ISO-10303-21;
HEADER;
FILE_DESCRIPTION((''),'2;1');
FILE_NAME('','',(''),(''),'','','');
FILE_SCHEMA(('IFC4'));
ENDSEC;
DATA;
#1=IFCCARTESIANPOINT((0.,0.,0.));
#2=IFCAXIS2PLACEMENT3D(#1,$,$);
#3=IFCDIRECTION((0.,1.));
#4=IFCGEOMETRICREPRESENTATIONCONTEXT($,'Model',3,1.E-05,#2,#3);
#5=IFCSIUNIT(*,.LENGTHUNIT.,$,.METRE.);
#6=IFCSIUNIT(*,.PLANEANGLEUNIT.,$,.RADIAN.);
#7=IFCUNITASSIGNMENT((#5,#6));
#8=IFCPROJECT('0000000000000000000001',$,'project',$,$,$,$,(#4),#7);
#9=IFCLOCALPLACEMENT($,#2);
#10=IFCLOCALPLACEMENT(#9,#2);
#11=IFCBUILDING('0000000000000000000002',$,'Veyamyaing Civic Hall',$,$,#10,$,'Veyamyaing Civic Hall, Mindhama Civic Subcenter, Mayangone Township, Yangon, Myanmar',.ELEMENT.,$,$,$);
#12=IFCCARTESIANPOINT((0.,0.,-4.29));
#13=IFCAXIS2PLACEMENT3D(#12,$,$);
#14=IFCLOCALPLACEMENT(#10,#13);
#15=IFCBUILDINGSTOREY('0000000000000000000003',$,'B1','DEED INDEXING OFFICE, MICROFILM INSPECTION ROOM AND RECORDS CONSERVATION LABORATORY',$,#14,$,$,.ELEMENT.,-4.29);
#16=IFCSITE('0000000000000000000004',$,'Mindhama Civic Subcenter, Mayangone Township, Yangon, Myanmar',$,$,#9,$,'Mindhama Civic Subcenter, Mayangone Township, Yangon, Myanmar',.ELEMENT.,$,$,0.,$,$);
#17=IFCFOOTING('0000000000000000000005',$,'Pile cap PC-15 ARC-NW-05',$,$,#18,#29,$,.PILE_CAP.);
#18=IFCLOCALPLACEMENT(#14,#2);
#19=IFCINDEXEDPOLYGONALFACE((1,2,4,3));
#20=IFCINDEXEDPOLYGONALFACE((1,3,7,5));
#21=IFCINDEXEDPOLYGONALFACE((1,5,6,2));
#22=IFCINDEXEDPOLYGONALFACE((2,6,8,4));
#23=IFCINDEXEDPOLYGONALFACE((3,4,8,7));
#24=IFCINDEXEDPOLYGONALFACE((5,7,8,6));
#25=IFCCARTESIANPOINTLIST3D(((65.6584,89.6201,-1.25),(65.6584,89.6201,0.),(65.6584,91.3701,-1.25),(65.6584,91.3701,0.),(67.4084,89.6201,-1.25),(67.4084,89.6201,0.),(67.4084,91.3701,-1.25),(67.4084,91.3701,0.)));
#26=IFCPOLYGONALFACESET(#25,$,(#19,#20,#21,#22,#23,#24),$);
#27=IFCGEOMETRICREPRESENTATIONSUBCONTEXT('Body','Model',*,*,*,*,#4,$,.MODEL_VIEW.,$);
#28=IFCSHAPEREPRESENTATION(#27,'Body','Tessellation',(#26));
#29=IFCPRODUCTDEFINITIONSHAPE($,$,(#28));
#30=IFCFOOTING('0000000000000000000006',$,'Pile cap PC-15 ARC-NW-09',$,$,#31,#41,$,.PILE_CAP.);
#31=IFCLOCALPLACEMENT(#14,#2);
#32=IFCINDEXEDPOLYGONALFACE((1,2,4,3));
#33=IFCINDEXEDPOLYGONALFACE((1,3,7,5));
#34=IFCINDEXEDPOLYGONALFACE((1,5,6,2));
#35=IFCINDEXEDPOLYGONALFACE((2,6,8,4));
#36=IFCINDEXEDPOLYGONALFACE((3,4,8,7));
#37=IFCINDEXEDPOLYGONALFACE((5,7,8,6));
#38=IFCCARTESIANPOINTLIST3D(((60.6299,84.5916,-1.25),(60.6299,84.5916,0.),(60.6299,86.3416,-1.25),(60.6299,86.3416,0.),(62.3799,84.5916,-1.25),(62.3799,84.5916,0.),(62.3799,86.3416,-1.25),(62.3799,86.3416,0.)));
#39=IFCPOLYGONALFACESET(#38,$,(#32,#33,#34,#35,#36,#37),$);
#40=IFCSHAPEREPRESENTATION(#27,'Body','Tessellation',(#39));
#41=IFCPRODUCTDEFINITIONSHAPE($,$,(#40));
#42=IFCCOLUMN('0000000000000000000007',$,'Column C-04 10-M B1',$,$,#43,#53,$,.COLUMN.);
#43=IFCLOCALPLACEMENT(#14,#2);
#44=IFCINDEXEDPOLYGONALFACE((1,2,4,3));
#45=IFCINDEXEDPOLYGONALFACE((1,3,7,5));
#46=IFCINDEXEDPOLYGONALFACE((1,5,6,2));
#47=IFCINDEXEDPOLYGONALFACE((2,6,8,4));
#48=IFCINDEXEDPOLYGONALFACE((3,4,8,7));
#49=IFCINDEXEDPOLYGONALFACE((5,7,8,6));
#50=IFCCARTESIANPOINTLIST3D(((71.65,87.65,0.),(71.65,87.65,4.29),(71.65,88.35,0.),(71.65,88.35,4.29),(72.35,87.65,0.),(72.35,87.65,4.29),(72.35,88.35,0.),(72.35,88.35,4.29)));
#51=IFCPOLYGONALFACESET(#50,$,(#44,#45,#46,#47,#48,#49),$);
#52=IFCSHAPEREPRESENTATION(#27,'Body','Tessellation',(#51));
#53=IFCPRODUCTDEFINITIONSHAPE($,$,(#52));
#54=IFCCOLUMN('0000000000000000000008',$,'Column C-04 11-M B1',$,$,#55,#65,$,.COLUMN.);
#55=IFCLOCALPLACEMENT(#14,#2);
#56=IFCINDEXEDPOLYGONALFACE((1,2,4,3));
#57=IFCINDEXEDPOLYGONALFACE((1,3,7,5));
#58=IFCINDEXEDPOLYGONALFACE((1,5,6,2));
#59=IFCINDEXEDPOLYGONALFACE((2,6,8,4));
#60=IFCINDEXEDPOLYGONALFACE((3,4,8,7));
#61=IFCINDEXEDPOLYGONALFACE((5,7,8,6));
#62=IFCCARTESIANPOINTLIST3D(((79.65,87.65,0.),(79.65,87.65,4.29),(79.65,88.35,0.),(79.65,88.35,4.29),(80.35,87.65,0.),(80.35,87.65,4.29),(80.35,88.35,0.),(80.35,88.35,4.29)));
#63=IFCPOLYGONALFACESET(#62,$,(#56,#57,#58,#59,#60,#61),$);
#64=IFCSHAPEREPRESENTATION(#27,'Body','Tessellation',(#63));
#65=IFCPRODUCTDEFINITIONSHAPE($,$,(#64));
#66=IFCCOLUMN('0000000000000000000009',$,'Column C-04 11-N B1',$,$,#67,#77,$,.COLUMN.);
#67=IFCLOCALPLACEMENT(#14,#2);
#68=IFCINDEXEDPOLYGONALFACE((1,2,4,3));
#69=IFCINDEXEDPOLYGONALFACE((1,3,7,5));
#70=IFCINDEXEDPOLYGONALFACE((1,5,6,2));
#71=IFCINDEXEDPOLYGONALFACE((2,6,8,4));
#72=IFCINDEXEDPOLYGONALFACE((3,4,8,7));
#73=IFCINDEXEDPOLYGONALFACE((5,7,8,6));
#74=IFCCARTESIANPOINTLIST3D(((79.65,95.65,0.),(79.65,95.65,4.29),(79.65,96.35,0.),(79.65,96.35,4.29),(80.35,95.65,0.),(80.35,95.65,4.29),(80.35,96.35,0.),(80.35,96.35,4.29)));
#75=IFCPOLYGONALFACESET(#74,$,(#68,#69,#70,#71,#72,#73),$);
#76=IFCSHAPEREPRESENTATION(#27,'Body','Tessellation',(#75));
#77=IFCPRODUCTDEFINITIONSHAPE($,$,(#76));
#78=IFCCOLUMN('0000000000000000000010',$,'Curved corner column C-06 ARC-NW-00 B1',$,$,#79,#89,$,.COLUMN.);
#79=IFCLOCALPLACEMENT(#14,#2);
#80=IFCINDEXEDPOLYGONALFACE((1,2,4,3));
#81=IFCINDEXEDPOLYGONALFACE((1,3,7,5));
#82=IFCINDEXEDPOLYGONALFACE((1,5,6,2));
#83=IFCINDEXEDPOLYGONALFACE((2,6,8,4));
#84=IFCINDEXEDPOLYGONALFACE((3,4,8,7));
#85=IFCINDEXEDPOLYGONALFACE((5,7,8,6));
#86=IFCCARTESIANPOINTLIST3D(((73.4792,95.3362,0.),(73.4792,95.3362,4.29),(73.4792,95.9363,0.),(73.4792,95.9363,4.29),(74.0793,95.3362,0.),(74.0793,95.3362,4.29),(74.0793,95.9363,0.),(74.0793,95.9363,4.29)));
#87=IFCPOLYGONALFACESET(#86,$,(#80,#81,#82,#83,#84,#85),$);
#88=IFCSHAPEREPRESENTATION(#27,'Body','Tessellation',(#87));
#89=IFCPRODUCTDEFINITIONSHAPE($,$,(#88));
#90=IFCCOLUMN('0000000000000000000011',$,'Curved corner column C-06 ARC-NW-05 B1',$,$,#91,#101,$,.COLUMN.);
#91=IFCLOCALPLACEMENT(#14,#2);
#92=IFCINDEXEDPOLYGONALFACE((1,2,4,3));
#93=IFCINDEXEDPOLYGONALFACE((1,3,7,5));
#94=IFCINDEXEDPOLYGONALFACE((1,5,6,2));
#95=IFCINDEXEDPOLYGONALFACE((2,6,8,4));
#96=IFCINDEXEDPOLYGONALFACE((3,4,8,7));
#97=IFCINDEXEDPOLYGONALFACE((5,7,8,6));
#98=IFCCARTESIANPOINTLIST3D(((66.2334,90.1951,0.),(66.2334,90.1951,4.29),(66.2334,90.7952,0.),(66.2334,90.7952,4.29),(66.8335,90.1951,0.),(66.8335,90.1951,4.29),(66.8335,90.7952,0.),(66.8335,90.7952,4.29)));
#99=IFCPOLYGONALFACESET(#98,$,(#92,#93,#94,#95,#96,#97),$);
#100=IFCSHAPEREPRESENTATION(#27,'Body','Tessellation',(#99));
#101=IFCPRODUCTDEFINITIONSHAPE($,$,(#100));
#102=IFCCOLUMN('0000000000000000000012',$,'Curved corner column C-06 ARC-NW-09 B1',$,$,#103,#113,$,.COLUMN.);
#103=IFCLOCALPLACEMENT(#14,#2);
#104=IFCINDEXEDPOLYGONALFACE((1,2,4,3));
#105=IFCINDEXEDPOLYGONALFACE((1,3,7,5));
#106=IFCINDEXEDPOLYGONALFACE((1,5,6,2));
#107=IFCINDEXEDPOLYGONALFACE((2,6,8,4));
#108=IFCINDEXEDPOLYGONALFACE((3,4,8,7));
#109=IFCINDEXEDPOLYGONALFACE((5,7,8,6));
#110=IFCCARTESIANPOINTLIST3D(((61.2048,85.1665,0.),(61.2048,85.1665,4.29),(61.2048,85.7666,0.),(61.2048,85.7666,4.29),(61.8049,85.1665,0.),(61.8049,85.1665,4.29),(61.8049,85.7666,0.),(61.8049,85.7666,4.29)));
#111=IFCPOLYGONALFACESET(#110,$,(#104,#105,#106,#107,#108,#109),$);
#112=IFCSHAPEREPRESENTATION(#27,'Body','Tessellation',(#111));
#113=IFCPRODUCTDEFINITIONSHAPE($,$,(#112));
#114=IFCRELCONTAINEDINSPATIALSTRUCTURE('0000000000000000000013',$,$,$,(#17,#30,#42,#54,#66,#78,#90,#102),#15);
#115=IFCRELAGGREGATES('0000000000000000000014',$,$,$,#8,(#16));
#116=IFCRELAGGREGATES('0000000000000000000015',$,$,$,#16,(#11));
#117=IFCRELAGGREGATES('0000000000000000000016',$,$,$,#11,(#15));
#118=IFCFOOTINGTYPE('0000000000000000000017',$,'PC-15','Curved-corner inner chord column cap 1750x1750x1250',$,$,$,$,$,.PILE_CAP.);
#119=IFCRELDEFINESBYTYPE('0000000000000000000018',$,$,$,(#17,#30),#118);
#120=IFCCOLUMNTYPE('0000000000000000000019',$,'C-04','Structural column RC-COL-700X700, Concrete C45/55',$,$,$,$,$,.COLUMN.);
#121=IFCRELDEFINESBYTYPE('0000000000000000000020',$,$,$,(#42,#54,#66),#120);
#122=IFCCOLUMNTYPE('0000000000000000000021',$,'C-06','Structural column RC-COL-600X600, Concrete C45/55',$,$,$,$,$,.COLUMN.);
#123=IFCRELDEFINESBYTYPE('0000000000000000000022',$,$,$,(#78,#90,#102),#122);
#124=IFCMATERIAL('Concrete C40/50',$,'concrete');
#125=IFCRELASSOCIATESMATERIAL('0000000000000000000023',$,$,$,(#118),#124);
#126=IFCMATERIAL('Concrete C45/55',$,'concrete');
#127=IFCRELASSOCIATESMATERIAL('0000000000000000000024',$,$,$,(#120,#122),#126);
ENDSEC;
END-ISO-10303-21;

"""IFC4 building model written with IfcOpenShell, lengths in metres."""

from ifc_helpers import new_model, si_unit, direction, frame, origin, origin_2d, place, context, subcontext, project, spatial, rectangle, extrude, material, material_profile, profile_set, type_object, element, save


model = new_model("IFC4")

# Units and contexts
model_context = context("Model", 3, precision=1e-05, world=origin(), true_north=direction((0.0, 1.0)))
body_context = subcontext(model_context, "Body", "Model", "MODEL_VIEW")
ifc_project = project(units=[si_unit("LENGTHUNIT", "METRE"), si_unit("PLANEANGLEUNIT", "RADIAN")], contexts=[model_context])

# Site, building, storey
site_placement = place(None, origin())
site = spatial("IfcSite", under=ifc_project, at=site_placement, Name="Mindhama Civic Subcenter, Mayangone Township, Yangon, Myanmar", LongName="Mindhama Civic Subcenter, Mayangone Township, Yangon, Myanmar", CompositionType="ELEMENT", RefElevation=0.0)
building_placement = place(site_placement, origin())
building = spatial("IfcBuilding", under=site, at=building_placement, Name="Veyamyaing Civic Hall", LongName="Veyamyaing Civic Hall, Mindhama Civic Subcenter, Mayangone Township, Yangon, Myanmar", CompositionType="ELEMENT")
storey_placement = place(building_placement, frame((0.0, 0.0, -4.29)))
storey = spatial("IfcBuildingStorey", under=building, at=storey_placement, Name="B1", Description="DEED INDEXING OFFICE, MICROFILM INSPECTION ROOM AND RECORDS CONSERVATION LABORATORY", CompositionType="ELEMENT", Elevation=-4.29)

# Shared definitions
ifc_material_1 = material(Name="Concrete C40/50", Category="concrete")

# Footings
footing_type_1 = type_object("IfcFootingType", Name="PC-15", Description="Curved-corner inner chord column cap 1750x1750x1250", PredefinedType="PILE_CAP", material=ifc_material_1)
for number, where, z_axis, x_axis, name in (
    (1, (66.5334, 90.4951, -1.25), (0.0, 0.0, 1.0), (1.0, 0.0, 0.0), "Pile cap PC-15 ARC-NW-05"),
    (2, (61.5049, 85.4666, -1.25), (0.0, 0.0, 1.0), (1.0, 0.0, 0.0), "Pile cap PC-15 ARC-NW-09"),
):
    element("IfcFooting", number, at=place(storey_placement, frame(where, z_axis=z_axis, x_axis=x_axis)), inside=storey, type_object=footing_type_1, Name=name, PredefinedType="PILE_CAP", context=body_context, shape_type="SweptSolid", body=[
        extrude(rectangle(XDim=1.75, YDim=1.75, at=origin_2d()), origin(), (0.0, 0.0, 1.0), 1.25),
    ])

# Columns
ifc_material_2 = material(Name="Concrete C45/55", Category="concrete")
ifc_material_profile_1 = material_profile(ifc_material_2, rectangle(XDim=0.7, YDim=0.7, at=origin_2d()), Name="RC-COL-700X700")
ifc_profile_set_1 = profile_set([ifc_material_profile_1], Name="Concrete C45/55")
column_type_1 = type_object("IfcColumnType", Name="C-04", Description="Structural column RC-COL-700X700, Concrete C45/55", PredefinedType="COLUMN", material=ifc_profile_set_1)
for number, where, z_axis, x_axis, name in (
    (3, (72.0, 88.0, 0.0), (0.0, 0.0, 1.0), (1.0, 0.0, 0.0), "Column C-04 10-M B1"),
    (4, (80.0, 88.0, 0.0), (0.0, 0.0, 1.0), (1.0, 0.0, 0.0), "Column C-04 11-M B1"),
    (5, (80.0, 96.0, 0.0), (0.0, 0.0, 1.0), (1.0, 0.0, 0.0), "Column C-04 11-N B1"),
):
    element("IfcColumn", number, at=place(storey_placement, frame(where, z_axis=z_axis, x_axis=x_axis)), inside=storey, type_object=column_type_1, Name=name, PredefinedType="COLUMN", context=body_context, shape_type="SweptSolid", body=[
        extrude(rectangle(XDim=0.7, YDim=0.7, at=origin_2d()), origin(), (0.0, 0.0, 1.0), 4.29),
    ])
ifc_material_profile_2 = material_profile(ifc_material_2, rectangle(XDim=0.6001, YDim=0.6001, at=origin_2d()), Name="RC-COL-600X600")
ifc_profile_set_2 = profile_set([ifc_material_profile_2], Name="Concrete C45/55")
column_type_2 = type_object("IfcColumnType", Name="C-06", Description="Structural column RC-COL-600X600, Concrete C45/55", PredefinedType="COLUMN", material=ifc_profile_set_2)
for number, where, z_axis, x_axis, name in (
    (6, (73.7793, 95.6362, 0.0), (0.0, 0.0, 1.0), (1.0, 0.0, 0.0), "Curved corner column C-06 ARC-NW-00 B1"),
    (7, (66.5334, 90.4951, 0.0), (0.0, 0.0, 1.0), (1.0, 0.0, 0.0), "Curved corner column C-06 ARC-NW-05 B1"),
    (8, (61.5049, 85.4666, 0.0), (0.0, 0.0, 1.0), (1.0, 0.0, 0.0), "Curved corner column C-06 ARC-NW-09 B1"),
):
    element("IfcColumn", number, at=place(storey_placement, frame(where, z_axis=z_axis, x_axis=x_axis)), inside=storey, type_object=column_type_2, Name=name, PredefinedType="COLUMN", context=body_context, shape_type="SweptSolid", body=[
        extrude(rectangle(XDim=0.6001, YDim=0.6001, at=origin_2d()), origin(), (0.0, 0.0, 1.0), 4.29),
    ])

save(model, "model.ifc")
